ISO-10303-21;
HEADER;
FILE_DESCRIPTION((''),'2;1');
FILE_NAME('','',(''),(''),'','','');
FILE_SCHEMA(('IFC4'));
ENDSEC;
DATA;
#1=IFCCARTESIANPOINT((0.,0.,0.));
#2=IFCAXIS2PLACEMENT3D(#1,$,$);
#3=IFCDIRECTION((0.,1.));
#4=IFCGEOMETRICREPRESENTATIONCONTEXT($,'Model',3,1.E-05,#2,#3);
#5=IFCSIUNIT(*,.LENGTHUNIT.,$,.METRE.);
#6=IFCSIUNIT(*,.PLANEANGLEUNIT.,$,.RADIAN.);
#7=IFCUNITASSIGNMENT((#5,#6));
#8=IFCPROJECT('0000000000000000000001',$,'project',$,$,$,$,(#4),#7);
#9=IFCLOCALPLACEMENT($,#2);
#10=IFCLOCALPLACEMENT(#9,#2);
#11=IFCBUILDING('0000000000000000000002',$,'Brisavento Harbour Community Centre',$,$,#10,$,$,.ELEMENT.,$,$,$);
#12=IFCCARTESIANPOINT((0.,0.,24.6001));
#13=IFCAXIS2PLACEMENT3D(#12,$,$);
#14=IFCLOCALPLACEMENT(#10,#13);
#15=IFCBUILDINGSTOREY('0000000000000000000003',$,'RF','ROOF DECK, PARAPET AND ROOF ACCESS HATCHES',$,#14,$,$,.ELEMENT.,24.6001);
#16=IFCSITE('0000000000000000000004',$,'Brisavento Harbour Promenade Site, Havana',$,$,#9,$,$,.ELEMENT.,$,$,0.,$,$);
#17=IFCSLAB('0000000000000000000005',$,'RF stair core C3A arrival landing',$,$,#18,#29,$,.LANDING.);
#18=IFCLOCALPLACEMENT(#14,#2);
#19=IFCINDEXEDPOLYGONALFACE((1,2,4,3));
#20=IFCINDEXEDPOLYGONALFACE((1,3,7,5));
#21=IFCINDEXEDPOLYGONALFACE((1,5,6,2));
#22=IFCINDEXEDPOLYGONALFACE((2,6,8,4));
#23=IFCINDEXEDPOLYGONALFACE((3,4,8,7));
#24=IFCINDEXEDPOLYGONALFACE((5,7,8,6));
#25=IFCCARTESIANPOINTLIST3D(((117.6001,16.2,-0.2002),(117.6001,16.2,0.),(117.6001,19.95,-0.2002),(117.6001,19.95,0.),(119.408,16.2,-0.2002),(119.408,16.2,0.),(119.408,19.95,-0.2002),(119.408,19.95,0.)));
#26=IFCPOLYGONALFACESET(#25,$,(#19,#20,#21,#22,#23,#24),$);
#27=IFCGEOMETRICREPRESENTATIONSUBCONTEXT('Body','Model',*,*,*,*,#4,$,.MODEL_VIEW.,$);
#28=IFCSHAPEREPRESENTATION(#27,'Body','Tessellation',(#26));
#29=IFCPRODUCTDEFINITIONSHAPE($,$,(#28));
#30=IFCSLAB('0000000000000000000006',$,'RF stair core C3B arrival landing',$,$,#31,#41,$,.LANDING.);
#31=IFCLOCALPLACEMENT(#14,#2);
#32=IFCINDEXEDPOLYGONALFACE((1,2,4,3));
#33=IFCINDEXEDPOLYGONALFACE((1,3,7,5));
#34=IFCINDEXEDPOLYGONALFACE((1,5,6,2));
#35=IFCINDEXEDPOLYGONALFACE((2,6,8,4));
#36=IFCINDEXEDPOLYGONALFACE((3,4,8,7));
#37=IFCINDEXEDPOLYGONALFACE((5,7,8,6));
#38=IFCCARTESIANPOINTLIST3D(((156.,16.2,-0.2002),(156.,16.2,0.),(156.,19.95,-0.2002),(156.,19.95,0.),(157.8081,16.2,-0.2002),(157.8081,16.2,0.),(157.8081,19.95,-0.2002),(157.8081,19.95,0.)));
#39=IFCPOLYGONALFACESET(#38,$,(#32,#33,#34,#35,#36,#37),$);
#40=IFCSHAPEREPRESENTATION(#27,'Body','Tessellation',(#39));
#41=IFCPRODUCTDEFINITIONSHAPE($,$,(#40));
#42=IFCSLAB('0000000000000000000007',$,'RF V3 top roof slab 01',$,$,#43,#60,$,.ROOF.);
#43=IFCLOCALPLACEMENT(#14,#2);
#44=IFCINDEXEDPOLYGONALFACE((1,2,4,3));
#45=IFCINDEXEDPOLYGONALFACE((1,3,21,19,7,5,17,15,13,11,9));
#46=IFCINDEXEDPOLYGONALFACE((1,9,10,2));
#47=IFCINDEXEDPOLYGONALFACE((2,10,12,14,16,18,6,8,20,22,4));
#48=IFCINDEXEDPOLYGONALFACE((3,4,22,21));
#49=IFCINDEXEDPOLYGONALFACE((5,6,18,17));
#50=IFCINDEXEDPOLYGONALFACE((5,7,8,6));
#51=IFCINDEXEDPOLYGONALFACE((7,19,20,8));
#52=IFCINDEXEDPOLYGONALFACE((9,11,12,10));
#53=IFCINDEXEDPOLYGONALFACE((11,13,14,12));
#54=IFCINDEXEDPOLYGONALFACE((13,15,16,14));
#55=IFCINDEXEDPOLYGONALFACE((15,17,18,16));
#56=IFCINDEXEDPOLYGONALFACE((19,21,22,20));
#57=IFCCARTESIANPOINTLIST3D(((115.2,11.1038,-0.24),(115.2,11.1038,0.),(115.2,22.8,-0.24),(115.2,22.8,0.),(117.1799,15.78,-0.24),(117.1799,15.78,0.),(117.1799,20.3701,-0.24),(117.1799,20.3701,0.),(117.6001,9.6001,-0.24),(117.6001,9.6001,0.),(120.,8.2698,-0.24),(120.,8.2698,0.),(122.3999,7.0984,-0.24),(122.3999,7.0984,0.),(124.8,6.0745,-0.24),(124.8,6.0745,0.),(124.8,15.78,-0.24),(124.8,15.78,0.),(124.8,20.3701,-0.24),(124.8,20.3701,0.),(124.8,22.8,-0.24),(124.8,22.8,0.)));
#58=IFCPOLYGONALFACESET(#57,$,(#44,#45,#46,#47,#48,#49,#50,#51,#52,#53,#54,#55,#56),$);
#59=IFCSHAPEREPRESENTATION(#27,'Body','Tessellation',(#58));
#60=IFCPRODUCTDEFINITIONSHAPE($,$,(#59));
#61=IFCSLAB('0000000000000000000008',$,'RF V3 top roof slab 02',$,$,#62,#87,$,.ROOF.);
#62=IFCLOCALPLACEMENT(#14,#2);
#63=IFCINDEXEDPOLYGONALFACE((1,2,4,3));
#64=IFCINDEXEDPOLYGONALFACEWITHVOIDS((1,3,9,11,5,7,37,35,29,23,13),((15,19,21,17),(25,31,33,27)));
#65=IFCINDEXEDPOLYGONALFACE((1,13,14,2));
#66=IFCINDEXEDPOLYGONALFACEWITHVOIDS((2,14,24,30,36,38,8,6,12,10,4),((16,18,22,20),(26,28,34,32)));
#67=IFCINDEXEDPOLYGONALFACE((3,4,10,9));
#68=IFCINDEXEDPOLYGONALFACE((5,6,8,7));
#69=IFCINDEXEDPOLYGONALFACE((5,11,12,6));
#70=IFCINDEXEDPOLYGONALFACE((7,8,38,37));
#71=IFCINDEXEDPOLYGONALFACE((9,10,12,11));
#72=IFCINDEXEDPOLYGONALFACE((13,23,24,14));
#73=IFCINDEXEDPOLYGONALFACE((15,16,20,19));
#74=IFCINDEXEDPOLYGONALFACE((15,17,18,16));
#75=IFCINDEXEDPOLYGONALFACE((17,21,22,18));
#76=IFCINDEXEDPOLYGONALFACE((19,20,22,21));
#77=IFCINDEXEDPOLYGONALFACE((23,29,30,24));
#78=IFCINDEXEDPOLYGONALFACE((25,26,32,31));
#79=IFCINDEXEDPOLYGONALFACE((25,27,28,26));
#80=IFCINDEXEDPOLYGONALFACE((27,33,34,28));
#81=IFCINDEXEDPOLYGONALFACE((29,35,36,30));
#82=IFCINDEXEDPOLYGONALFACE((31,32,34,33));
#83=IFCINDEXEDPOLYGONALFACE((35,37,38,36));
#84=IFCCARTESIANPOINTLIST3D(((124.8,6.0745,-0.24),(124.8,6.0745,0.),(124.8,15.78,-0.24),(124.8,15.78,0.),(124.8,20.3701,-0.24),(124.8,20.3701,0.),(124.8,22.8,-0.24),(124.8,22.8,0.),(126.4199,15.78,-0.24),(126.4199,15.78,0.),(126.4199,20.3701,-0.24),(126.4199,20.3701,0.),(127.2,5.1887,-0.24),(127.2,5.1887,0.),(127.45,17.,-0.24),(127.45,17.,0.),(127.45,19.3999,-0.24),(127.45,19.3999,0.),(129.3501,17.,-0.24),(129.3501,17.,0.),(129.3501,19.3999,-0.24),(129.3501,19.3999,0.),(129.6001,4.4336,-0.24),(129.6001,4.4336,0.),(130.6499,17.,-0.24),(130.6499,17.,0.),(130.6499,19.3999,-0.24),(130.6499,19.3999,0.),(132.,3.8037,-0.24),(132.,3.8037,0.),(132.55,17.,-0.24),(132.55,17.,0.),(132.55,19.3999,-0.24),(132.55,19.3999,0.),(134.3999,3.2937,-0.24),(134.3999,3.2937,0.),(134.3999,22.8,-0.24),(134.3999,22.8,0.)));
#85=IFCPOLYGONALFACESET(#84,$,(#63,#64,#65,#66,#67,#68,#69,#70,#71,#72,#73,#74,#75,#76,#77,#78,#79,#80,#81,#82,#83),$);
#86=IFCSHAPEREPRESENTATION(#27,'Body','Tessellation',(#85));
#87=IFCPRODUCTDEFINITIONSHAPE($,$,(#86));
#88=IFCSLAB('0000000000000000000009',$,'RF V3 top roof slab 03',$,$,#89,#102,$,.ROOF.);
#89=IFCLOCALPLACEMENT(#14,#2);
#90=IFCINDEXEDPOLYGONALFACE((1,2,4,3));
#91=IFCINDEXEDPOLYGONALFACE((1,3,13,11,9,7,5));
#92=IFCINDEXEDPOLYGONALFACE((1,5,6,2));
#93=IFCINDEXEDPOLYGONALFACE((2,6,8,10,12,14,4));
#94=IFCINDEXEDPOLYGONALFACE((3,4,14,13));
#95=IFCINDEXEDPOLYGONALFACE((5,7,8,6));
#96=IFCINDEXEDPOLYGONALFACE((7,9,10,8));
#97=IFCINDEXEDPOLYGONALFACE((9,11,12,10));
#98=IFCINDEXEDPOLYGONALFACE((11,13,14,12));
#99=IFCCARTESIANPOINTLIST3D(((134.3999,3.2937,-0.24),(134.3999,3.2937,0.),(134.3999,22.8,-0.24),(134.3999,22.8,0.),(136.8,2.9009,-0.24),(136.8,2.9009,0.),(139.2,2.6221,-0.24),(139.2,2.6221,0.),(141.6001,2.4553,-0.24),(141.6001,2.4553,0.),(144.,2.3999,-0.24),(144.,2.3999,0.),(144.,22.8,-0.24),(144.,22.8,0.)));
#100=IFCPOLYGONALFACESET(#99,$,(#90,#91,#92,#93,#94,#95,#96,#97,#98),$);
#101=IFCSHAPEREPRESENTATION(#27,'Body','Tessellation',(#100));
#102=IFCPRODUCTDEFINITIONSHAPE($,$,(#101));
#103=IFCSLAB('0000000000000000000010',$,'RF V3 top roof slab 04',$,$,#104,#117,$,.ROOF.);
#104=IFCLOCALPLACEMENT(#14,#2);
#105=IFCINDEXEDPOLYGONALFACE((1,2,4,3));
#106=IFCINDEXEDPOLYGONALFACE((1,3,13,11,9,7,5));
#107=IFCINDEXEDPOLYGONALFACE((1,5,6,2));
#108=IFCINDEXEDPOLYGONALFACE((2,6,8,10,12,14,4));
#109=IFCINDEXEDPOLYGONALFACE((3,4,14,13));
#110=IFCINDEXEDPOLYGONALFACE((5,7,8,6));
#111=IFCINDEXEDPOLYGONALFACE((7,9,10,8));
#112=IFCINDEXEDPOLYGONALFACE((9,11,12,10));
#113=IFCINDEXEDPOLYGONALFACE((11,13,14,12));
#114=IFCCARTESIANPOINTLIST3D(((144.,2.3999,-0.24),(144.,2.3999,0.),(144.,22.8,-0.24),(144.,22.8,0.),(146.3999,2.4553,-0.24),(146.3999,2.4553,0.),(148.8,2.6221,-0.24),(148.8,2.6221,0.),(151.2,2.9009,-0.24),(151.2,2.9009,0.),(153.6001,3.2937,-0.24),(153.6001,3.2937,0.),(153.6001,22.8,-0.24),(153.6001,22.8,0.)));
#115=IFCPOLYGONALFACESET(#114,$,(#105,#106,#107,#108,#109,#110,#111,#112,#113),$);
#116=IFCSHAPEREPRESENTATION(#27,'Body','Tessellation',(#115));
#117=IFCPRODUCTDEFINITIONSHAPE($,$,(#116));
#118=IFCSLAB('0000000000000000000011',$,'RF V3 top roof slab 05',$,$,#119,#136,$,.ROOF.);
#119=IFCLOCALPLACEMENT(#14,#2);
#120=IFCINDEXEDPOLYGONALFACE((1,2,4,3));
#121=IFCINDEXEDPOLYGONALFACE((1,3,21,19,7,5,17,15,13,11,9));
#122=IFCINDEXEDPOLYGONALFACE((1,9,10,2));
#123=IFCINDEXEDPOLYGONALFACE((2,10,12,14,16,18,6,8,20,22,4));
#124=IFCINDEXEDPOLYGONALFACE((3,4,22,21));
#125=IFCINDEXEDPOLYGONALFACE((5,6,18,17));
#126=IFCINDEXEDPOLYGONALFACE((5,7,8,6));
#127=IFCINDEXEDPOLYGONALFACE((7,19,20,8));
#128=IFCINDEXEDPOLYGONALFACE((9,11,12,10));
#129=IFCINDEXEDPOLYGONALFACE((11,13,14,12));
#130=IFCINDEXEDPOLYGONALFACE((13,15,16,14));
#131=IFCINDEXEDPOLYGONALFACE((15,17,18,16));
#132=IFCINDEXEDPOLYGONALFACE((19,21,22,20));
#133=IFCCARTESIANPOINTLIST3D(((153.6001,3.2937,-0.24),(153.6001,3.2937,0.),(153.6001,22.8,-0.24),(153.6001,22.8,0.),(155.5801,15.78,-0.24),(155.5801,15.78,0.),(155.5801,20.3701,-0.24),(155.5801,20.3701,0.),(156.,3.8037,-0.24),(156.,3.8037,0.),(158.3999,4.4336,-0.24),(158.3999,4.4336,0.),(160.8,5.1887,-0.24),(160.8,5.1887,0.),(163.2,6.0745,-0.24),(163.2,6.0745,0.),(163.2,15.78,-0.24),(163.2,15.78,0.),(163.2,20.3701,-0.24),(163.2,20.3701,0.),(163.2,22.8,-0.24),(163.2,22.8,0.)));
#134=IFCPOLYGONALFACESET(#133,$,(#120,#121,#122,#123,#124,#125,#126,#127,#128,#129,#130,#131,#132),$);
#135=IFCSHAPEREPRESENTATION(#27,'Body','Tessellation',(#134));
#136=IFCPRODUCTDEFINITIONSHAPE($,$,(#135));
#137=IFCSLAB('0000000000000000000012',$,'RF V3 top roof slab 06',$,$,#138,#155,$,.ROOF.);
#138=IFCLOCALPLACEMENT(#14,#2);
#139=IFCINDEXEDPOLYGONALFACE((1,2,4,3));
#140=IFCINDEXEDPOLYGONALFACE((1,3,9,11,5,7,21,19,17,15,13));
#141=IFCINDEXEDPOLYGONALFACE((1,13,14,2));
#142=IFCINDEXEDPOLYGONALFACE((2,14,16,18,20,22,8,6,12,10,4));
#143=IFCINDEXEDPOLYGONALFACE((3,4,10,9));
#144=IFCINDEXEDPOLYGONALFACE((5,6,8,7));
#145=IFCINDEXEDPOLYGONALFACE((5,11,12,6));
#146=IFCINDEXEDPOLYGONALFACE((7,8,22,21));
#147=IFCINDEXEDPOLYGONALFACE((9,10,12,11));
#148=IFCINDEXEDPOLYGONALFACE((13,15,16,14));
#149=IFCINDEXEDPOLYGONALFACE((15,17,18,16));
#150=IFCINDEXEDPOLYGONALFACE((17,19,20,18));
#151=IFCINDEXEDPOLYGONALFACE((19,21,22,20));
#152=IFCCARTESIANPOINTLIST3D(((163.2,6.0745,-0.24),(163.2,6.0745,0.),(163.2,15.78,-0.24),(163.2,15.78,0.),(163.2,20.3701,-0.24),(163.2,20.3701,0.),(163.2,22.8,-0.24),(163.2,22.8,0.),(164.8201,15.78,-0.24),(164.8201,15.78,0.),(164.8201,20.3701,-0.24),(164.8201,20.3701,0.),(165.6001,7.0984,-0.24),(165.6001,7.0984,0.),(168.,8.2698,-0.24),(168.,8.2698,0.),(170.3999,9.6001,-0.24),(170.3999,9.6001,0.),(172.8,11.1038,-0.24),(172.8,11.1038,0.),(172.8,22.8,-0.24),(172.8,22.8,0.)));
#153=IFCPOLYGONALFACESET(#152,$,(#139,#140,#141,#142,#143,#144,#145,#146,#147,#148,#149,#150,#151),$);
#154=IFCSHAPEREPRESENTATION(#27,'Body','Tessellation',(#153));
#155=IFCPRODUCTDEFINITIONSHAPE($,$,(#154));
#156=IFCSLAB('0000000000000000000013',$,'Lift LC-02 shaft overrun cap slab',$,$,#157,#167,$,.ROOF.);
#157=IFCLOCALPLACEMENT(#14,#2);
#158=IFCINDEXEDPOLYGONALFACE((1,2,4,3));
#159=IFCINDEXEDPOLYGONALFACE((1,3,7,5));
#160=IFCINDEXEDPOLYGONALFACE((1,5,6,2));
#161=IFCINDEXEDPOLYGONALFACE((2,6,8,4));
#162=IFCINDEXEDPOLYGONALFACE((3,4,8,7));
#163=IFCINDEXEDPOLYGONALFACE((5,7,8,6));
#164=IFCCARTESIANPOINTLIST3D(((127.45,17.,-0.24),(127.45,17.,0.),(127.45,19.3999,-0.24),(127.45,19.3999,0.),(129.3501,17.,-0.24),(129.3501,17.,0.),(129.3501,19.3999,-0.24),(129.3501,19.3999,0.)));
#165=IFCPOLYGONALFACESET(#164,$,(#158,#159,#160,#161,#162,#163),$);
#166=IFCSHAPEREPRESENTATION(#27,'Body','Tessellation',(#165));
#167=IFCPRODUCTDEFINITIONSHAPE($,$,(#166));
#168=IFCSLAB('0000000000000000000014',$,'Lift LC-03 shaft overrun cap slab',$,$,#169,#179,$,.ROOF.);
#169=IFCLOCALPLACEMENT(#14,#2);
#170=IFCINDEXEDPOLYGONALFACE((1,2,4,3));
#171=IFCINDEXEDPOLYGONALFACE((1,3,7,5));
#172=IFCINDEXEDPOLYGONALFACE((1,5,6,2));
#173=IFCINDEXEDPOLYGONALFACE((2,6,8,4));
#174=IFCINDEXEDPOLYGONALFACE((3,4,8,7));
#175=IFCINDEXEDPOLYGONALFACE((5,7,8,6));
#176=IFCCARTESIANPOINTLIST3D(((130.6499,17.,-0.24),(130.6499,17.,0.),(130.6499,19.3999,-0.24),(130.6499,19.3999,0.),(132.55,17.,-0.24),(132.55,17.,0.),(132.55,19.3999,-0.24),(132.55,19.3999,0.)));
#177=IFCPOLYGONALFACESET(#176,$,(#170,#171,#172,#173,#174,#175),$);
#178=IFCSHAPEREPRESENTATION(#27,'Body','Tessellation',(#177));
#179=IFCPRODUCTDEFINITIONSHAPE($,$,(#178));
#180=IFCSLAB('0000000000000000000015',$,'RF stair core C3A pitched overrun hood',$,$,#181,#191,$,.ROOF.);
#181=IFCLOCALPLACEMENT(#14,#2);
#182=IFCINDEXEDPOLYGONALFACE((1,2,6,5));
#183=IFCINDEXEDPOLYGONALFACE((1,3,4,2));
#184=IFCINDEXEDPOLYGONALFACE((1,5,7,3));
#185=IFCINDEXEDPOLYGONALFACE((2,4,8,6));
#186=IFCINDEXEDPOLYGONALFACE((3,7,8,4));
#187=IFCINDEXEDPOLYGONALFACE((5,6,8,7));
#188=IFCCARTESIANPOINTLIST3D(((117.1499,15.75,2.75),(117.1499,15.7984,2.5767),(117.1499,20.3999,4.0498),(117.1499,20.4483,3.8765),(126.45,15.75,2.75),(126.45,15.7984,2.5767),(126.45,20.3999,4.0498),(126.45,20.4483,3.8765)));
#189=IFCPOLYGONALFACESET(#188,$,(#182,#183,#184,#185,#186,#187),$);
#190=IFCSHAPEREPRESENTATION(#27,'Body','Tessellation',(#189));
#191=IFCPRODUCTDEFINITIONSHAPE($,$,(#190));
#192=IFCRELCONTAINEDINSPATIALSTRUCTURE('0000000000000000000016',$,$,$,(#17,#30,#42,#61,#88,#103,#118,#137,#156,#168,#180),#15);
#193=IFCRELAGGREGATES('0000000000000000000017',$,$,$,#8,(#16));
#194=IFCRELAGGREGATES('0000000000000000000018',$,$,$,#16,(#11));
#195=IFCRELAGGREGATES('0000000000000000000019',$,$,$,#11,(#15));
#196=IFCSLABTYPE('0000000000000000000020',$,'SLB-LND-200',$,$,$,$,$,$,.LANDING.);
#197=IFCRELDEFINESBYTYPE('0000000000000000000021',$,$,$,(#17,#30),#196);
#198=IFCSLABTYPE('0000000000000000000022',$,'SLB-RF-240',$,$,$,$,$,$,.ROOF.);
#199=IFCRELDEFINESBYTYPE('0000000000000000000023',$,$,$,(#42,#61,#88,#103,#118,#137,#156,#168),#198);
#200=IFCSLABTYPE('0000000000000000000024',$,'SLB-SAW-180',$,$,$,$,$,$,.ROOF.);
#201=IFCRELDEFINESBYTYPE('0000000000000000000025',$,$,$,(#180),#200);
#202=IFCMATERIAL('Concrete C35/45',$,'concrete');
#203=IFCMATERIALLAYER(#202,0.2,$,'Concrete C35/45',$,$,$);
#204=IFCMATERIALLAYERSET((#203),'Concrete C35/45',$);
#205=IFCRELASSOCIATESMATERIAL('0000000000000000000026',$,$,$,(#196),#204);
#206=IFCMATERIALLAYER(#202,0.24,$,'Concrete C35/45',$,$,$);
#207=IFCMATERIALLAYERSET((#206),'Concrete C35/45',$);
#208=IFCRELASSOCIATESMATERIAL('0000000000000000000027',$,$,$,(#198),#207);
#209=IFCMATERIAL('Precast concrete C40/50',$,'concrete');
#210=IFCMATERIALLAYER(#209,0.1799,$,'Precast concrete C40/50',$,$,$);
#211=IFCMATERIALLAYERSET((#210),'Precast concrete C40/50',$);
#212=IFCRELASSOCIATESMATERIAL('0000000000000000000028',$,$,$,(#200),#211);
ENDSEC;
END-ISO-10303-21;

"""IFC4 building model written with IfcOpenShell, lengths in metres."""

from ifc_helpers import new_model, si_unit, direction, frame, origin, place, context, subcontext, project, spatial, polyline, outline, extrude, material, layer, layer_set, type_object, element, save


model = new_model("IFC4")

# Units and contexts
model_context = context("Model", 3, precision=1e-05, world=origin(), true_north=direction((0.0, 1.0)))
body_context = subcontext(model_context, "Body", "Model", "MODEL_VIEW")
ifc_project = project(units=[si_unit("LENGTHUNIT", "METRE"), si_unit("PLANEANGLEUNIT", "RADIAN")], contexts=[model_context])

# Site, building, storey
site_placement = place(None, origin())
site = spatial("IfcSite", under=ifc_project, at=site_placement, Name="Brisavento Harbour Promenade Site, Havana", CompositionType="ELEMENT", RefElevation=0.0)
building_placement = place(site_placement, origin())
building = spatial("IfcBuilding", under=site, at=building_placement, Name="Brisavento Harbour Community Centre", CompositionType="ELEMENT")
storey_placement = place(building_placement, frame((0.0, 0.0, 24.6001)))
storey = spatial("IfcBuildingStorey", under=building, at=storey_placement, Name="RF", Description="ROOF DECK, PARAPET AND ROOF ACCESS HATCHES", CompositionType="ELEMENT", Elevation=24.6001)

# Slabs
ifc_material_1 = material(Name="Concrete C35/45", Category="concrete")
ifc_layer_1 = layer(ifc_material_1, 0.2, Name="Concrete C35/45")
ifc_layer_set_1 = layer_set([ifc_layer_1], Name="Concrete C35/45")
slab_type_1 = type_object("IfcSlabType", Name="SLB-LND-200", PredefinedType="LANDING", material=ifc_layer_set_1)
slab_1_placement = place(storey_placement, frame((0.0, 0.0, -0.2002)))
element("IfcSlab", 1, at=slab_1_placement, inside=storey, type_object=slab_type_1, Name="RF stair core C3A arrival landing", PredefinedType="LANDING", context=body_context, shape_type="SweptSolid", body=[
    extrude(outline(polyline([(117.6001, 16.2), (119.408, 16.2), (119.408, 19.95), (117.6001, 19.95), (117.6001, 16.2)])), origin(), (0.0, 0.0, 1.0), 0.2002),
])
slab_2_placement = place(storey_placement, frame((0.0, 0.0, -0.2002)))
element("IfcSlab", 2, at=slab_2_placement, inside=storey, type_object=slab_type_1, Name="RF stair core C3B arrival landing", PredefinedType="LANDING", context=body_context, shape_type="SweptSolid", body=[
    extrude(outline(polyline([(156.0, 16.2), (157.8081, 16.2), (157.8081, 19.95), (156.0, 19.95), (156.0, 16.2)])), origin(), (0.0, 0.0, 1.0), 0.2002),
])
ifc_layer_2 = layer(ifc_material_1, 0.24, Name="Concrete C35/45")
ifc_layer_set_2 = layer_set([ifc_layer_2], Name="Concrete C35/45")
slab_type_2 = type_object("IfcSlabType", Name="SLB-RF-240", PredefinedType="ROOF", material=ifc_layer_set_2)
slab_3_placement = place(storey_placement, frame((0.0, 0.0, -0.24)))
element("IfcSlab", 3, at=slab_3_placement, inside=storey, type_object=slab_type_2, Name="RF V3 top roof slab 01", PredefinedType="ROOF", context=body_context, shape_type="SweptSolid", body=[
    extrude(outline(polyline([(115.2, 22.8), (115.2, 11.1038), (117.6001, 9.6001), (120.0, 8.2698), (122.3999, 7.0984), (124.8, 6.0745), (124.8, 15.78), (117.1799, 15.78), (117.1799, 20.3701), (124.8, 20.3701), (124.8, 22.8), (115.2, 22.8)])), origin(), (0.0, 0.0, 1.0), 0.24),
])
slab_4_placement = place(storey_placement, frame((0.0, 0.0, -0.24)))
element("IfcSlab", 4, at=slab_4_placement, inside=storey, type_object=slab_type_2, Name="RF V3 top roof slab 02", PredefinedType="ROOF", context=body_context, shape_type="SweptSolid", body=[
    extrude(outline(polyline([(124.8, 22.8), (124.8, 20.3701), (126.4199, 20.3701), (126.4199, 15.78), (124.8, 15.78), (124.8, 6.0745), (127.2, 5.1887), (129.6001, 4.4336), (132.0, 3.8037), (134.3999, 3.2937), (134.3999, 22.8), (124.8, 22.8)]), holes=[polyline([(127.45, 19.3999), (129.3501, 19.3999), (129.3501, 17.0), (127.45, 17.0), (127.45, 19.3999)]), polyline([(130.6499, 19.3999), (132.55, 19.3999), (132.55, 17.0), (130.6499, 17.0), (130.6499, 19.3999)])]), origin(), (0.0, 0.0, 1.0), 0.24),
])
slab_5_placement = place(storey_placement, frame((0.0, 0.0, -0.24)))
element("IfcSlab", 5, at=slab_5_placement, inside=storey, type_object=slab_type_2, Name="RF V3 top roof slab 03", PredefinedType="ROOF", context=body_context, shape_type="SweptSolid", body=[
    extrude(outline(polyline([(134.3999, 22.8), (134.3999, 3.2937), (136.8, 2.9009), (139.2, 2.6221), (141.6001, 2.4553), (144.0, 2.3999), (144.0, 22.8), (134.3999, 22.8)])), origin(), (0.0, 0.0, 1.0), 0.24),
])
slab_6_placement = place(storey_placement, frame((0.0, 0.0, -0.24)))
element("IfcSlab", 6, at=slab_6_placement, inside=storey, type_object=slab_type_2, Name="RF V3 top roof slab 04", PredefinedType="ROOF", context=body_context, shape_type="SweptSolid", body=[
    extrude(outline(polyline([(144.0, 22.8), (144.0, 2.3999), (146.3999, 2.4553), (148.8, 2.6221), (151.2, 2.9009), (153.6001, 3.2937), (153.6001, 22.8), (144.0, 22.8)])), origin(), (0.0, 0.0, 1.0), 0.24),
])
slab_7_placement = place(storey_placement, frame((0.0, 0.0, -0.24)))
element("IfcSlab", 7, at=slab_7_placement, inside=storey, type_object=slab_type_2, Name="RF V3 top roof slab 05", PredefinedType="ROOF", context=body_context, shape_type="SweptSolid", body=[
    extrude(outline(polyline([(153.6001, 22.8), (153.6001, 3.2937), (156.0, 3.8037), (158.3999, 4.4336), (160.8, 5.1887), (163.2, 6.0745), (163.2, 15.78), (155.5801, 15.78), (155.5801, 20.3701), (163.2, 20.3701), (163.2, 22.8), (153.6001, 22.8)])), origin(), (0.0, 0.0, 1.0), 0.24),
])
slab_8_placement = place(storey_placement, frame((0.0, 0.0, -0.24)))
element("IfcSlab", 8, at=slab_8_placement, inside=storey, type_object=slab_type_2, Name="RF V3 top roof slab 06", PredefinedType="ROOF", context=body_context, shape_type="SweptSolid", body=[
    extrude(outline(polyline([(163.2, 22.8), (163.2, 20.3701), (164.8201, 20.3701), (164.8201, 15.78), (163.2, 15.78), (163.2, 6.0745), (165.6001, 7.0984), (168.0, 8.2698), (170.3999, 9.6001), (172.8, 11.1038), (172.8, 22.8), (163.2, 22.8)])), origin(), (0.0, 0.0, 1.0), 0.24),
])
slab_9_placement = place(storey_placement, frame((0.0, 0.0, -0.24)))
element("IfcSlab", 9, at=slab_9_placement, inside=storey, type_object=slab_type_2, Name="Lift LC-02 shaft overrun cap slab", PredefinedType="ROOF", context=body_context, shape_type="SweptSolid", body=[
    extrude(outline(polyline([(127.45, 17.0), (129.3501, 17.0), (129.3501, 19.3999), (127.45, 19.3999), (127.45, 17.0)])), origin(), (0.0, 0.0, 1.0), 0.24),
])
slab_10_placement = place(storey_placement, frame((0.0, 0.0, -0.24)))
element("IfcSlab", 10, at=slab_10_placement, inside=storey, type_object=slab_type_2, Name="Lift LC-03 shaft overrun cap slab", PredefinedType="ROOF", context=body_context, shape_type="SweptSolid", body=[
    extrude(outline(polyline([(130.6499, 17.0), (132.55, 17.0), (132.55, 19.3999), (130.6499, 19.3999), (130.6499, 17.0)])), origin(), (0.0, 0.0, 1.0), 0.24),
])
ifc_material_2 = material(Name="Precast concrete C40/50", Category="concrete")
ifc_layer_3 = layer(ifc_material_2, 0.1799, Name="Precast concrete C40/50")
ifc_layer_set_3 = layer_set([ifc_layer_3], Name="Precast concrete C40/50")
slab_type_3 = type_object("IfcSlabType", Name="SLB-SAW-180", PredefinedType="ROOF", material=ifc_layer_set_3)
slab_11_placement = place(storey_placement, frame((117.1499, 15.75, 2.75), z_axis=(0.0, -0.269214, 0.963081), x_axis=(1.0, 0.0, 0.0)))
element("IfcSlab", 11, at=slab_11_placement, inside=storey, type_object=slab_type_3, Name="RF stair core C3A pitched overrun hood", PredefinedType="ROOF", context=body_context, shape_type="SweptSolid", body=[
    extrude(outline(polyline([(0.0, 0.0), (9.3, 0.0), (9.3, 4.8282), (0.0, 4.8282), (0.0, 0.0)])), origin(), (0.0, 0.0, -1.0), 0.1799),
])

save(model, "model.ifc")
